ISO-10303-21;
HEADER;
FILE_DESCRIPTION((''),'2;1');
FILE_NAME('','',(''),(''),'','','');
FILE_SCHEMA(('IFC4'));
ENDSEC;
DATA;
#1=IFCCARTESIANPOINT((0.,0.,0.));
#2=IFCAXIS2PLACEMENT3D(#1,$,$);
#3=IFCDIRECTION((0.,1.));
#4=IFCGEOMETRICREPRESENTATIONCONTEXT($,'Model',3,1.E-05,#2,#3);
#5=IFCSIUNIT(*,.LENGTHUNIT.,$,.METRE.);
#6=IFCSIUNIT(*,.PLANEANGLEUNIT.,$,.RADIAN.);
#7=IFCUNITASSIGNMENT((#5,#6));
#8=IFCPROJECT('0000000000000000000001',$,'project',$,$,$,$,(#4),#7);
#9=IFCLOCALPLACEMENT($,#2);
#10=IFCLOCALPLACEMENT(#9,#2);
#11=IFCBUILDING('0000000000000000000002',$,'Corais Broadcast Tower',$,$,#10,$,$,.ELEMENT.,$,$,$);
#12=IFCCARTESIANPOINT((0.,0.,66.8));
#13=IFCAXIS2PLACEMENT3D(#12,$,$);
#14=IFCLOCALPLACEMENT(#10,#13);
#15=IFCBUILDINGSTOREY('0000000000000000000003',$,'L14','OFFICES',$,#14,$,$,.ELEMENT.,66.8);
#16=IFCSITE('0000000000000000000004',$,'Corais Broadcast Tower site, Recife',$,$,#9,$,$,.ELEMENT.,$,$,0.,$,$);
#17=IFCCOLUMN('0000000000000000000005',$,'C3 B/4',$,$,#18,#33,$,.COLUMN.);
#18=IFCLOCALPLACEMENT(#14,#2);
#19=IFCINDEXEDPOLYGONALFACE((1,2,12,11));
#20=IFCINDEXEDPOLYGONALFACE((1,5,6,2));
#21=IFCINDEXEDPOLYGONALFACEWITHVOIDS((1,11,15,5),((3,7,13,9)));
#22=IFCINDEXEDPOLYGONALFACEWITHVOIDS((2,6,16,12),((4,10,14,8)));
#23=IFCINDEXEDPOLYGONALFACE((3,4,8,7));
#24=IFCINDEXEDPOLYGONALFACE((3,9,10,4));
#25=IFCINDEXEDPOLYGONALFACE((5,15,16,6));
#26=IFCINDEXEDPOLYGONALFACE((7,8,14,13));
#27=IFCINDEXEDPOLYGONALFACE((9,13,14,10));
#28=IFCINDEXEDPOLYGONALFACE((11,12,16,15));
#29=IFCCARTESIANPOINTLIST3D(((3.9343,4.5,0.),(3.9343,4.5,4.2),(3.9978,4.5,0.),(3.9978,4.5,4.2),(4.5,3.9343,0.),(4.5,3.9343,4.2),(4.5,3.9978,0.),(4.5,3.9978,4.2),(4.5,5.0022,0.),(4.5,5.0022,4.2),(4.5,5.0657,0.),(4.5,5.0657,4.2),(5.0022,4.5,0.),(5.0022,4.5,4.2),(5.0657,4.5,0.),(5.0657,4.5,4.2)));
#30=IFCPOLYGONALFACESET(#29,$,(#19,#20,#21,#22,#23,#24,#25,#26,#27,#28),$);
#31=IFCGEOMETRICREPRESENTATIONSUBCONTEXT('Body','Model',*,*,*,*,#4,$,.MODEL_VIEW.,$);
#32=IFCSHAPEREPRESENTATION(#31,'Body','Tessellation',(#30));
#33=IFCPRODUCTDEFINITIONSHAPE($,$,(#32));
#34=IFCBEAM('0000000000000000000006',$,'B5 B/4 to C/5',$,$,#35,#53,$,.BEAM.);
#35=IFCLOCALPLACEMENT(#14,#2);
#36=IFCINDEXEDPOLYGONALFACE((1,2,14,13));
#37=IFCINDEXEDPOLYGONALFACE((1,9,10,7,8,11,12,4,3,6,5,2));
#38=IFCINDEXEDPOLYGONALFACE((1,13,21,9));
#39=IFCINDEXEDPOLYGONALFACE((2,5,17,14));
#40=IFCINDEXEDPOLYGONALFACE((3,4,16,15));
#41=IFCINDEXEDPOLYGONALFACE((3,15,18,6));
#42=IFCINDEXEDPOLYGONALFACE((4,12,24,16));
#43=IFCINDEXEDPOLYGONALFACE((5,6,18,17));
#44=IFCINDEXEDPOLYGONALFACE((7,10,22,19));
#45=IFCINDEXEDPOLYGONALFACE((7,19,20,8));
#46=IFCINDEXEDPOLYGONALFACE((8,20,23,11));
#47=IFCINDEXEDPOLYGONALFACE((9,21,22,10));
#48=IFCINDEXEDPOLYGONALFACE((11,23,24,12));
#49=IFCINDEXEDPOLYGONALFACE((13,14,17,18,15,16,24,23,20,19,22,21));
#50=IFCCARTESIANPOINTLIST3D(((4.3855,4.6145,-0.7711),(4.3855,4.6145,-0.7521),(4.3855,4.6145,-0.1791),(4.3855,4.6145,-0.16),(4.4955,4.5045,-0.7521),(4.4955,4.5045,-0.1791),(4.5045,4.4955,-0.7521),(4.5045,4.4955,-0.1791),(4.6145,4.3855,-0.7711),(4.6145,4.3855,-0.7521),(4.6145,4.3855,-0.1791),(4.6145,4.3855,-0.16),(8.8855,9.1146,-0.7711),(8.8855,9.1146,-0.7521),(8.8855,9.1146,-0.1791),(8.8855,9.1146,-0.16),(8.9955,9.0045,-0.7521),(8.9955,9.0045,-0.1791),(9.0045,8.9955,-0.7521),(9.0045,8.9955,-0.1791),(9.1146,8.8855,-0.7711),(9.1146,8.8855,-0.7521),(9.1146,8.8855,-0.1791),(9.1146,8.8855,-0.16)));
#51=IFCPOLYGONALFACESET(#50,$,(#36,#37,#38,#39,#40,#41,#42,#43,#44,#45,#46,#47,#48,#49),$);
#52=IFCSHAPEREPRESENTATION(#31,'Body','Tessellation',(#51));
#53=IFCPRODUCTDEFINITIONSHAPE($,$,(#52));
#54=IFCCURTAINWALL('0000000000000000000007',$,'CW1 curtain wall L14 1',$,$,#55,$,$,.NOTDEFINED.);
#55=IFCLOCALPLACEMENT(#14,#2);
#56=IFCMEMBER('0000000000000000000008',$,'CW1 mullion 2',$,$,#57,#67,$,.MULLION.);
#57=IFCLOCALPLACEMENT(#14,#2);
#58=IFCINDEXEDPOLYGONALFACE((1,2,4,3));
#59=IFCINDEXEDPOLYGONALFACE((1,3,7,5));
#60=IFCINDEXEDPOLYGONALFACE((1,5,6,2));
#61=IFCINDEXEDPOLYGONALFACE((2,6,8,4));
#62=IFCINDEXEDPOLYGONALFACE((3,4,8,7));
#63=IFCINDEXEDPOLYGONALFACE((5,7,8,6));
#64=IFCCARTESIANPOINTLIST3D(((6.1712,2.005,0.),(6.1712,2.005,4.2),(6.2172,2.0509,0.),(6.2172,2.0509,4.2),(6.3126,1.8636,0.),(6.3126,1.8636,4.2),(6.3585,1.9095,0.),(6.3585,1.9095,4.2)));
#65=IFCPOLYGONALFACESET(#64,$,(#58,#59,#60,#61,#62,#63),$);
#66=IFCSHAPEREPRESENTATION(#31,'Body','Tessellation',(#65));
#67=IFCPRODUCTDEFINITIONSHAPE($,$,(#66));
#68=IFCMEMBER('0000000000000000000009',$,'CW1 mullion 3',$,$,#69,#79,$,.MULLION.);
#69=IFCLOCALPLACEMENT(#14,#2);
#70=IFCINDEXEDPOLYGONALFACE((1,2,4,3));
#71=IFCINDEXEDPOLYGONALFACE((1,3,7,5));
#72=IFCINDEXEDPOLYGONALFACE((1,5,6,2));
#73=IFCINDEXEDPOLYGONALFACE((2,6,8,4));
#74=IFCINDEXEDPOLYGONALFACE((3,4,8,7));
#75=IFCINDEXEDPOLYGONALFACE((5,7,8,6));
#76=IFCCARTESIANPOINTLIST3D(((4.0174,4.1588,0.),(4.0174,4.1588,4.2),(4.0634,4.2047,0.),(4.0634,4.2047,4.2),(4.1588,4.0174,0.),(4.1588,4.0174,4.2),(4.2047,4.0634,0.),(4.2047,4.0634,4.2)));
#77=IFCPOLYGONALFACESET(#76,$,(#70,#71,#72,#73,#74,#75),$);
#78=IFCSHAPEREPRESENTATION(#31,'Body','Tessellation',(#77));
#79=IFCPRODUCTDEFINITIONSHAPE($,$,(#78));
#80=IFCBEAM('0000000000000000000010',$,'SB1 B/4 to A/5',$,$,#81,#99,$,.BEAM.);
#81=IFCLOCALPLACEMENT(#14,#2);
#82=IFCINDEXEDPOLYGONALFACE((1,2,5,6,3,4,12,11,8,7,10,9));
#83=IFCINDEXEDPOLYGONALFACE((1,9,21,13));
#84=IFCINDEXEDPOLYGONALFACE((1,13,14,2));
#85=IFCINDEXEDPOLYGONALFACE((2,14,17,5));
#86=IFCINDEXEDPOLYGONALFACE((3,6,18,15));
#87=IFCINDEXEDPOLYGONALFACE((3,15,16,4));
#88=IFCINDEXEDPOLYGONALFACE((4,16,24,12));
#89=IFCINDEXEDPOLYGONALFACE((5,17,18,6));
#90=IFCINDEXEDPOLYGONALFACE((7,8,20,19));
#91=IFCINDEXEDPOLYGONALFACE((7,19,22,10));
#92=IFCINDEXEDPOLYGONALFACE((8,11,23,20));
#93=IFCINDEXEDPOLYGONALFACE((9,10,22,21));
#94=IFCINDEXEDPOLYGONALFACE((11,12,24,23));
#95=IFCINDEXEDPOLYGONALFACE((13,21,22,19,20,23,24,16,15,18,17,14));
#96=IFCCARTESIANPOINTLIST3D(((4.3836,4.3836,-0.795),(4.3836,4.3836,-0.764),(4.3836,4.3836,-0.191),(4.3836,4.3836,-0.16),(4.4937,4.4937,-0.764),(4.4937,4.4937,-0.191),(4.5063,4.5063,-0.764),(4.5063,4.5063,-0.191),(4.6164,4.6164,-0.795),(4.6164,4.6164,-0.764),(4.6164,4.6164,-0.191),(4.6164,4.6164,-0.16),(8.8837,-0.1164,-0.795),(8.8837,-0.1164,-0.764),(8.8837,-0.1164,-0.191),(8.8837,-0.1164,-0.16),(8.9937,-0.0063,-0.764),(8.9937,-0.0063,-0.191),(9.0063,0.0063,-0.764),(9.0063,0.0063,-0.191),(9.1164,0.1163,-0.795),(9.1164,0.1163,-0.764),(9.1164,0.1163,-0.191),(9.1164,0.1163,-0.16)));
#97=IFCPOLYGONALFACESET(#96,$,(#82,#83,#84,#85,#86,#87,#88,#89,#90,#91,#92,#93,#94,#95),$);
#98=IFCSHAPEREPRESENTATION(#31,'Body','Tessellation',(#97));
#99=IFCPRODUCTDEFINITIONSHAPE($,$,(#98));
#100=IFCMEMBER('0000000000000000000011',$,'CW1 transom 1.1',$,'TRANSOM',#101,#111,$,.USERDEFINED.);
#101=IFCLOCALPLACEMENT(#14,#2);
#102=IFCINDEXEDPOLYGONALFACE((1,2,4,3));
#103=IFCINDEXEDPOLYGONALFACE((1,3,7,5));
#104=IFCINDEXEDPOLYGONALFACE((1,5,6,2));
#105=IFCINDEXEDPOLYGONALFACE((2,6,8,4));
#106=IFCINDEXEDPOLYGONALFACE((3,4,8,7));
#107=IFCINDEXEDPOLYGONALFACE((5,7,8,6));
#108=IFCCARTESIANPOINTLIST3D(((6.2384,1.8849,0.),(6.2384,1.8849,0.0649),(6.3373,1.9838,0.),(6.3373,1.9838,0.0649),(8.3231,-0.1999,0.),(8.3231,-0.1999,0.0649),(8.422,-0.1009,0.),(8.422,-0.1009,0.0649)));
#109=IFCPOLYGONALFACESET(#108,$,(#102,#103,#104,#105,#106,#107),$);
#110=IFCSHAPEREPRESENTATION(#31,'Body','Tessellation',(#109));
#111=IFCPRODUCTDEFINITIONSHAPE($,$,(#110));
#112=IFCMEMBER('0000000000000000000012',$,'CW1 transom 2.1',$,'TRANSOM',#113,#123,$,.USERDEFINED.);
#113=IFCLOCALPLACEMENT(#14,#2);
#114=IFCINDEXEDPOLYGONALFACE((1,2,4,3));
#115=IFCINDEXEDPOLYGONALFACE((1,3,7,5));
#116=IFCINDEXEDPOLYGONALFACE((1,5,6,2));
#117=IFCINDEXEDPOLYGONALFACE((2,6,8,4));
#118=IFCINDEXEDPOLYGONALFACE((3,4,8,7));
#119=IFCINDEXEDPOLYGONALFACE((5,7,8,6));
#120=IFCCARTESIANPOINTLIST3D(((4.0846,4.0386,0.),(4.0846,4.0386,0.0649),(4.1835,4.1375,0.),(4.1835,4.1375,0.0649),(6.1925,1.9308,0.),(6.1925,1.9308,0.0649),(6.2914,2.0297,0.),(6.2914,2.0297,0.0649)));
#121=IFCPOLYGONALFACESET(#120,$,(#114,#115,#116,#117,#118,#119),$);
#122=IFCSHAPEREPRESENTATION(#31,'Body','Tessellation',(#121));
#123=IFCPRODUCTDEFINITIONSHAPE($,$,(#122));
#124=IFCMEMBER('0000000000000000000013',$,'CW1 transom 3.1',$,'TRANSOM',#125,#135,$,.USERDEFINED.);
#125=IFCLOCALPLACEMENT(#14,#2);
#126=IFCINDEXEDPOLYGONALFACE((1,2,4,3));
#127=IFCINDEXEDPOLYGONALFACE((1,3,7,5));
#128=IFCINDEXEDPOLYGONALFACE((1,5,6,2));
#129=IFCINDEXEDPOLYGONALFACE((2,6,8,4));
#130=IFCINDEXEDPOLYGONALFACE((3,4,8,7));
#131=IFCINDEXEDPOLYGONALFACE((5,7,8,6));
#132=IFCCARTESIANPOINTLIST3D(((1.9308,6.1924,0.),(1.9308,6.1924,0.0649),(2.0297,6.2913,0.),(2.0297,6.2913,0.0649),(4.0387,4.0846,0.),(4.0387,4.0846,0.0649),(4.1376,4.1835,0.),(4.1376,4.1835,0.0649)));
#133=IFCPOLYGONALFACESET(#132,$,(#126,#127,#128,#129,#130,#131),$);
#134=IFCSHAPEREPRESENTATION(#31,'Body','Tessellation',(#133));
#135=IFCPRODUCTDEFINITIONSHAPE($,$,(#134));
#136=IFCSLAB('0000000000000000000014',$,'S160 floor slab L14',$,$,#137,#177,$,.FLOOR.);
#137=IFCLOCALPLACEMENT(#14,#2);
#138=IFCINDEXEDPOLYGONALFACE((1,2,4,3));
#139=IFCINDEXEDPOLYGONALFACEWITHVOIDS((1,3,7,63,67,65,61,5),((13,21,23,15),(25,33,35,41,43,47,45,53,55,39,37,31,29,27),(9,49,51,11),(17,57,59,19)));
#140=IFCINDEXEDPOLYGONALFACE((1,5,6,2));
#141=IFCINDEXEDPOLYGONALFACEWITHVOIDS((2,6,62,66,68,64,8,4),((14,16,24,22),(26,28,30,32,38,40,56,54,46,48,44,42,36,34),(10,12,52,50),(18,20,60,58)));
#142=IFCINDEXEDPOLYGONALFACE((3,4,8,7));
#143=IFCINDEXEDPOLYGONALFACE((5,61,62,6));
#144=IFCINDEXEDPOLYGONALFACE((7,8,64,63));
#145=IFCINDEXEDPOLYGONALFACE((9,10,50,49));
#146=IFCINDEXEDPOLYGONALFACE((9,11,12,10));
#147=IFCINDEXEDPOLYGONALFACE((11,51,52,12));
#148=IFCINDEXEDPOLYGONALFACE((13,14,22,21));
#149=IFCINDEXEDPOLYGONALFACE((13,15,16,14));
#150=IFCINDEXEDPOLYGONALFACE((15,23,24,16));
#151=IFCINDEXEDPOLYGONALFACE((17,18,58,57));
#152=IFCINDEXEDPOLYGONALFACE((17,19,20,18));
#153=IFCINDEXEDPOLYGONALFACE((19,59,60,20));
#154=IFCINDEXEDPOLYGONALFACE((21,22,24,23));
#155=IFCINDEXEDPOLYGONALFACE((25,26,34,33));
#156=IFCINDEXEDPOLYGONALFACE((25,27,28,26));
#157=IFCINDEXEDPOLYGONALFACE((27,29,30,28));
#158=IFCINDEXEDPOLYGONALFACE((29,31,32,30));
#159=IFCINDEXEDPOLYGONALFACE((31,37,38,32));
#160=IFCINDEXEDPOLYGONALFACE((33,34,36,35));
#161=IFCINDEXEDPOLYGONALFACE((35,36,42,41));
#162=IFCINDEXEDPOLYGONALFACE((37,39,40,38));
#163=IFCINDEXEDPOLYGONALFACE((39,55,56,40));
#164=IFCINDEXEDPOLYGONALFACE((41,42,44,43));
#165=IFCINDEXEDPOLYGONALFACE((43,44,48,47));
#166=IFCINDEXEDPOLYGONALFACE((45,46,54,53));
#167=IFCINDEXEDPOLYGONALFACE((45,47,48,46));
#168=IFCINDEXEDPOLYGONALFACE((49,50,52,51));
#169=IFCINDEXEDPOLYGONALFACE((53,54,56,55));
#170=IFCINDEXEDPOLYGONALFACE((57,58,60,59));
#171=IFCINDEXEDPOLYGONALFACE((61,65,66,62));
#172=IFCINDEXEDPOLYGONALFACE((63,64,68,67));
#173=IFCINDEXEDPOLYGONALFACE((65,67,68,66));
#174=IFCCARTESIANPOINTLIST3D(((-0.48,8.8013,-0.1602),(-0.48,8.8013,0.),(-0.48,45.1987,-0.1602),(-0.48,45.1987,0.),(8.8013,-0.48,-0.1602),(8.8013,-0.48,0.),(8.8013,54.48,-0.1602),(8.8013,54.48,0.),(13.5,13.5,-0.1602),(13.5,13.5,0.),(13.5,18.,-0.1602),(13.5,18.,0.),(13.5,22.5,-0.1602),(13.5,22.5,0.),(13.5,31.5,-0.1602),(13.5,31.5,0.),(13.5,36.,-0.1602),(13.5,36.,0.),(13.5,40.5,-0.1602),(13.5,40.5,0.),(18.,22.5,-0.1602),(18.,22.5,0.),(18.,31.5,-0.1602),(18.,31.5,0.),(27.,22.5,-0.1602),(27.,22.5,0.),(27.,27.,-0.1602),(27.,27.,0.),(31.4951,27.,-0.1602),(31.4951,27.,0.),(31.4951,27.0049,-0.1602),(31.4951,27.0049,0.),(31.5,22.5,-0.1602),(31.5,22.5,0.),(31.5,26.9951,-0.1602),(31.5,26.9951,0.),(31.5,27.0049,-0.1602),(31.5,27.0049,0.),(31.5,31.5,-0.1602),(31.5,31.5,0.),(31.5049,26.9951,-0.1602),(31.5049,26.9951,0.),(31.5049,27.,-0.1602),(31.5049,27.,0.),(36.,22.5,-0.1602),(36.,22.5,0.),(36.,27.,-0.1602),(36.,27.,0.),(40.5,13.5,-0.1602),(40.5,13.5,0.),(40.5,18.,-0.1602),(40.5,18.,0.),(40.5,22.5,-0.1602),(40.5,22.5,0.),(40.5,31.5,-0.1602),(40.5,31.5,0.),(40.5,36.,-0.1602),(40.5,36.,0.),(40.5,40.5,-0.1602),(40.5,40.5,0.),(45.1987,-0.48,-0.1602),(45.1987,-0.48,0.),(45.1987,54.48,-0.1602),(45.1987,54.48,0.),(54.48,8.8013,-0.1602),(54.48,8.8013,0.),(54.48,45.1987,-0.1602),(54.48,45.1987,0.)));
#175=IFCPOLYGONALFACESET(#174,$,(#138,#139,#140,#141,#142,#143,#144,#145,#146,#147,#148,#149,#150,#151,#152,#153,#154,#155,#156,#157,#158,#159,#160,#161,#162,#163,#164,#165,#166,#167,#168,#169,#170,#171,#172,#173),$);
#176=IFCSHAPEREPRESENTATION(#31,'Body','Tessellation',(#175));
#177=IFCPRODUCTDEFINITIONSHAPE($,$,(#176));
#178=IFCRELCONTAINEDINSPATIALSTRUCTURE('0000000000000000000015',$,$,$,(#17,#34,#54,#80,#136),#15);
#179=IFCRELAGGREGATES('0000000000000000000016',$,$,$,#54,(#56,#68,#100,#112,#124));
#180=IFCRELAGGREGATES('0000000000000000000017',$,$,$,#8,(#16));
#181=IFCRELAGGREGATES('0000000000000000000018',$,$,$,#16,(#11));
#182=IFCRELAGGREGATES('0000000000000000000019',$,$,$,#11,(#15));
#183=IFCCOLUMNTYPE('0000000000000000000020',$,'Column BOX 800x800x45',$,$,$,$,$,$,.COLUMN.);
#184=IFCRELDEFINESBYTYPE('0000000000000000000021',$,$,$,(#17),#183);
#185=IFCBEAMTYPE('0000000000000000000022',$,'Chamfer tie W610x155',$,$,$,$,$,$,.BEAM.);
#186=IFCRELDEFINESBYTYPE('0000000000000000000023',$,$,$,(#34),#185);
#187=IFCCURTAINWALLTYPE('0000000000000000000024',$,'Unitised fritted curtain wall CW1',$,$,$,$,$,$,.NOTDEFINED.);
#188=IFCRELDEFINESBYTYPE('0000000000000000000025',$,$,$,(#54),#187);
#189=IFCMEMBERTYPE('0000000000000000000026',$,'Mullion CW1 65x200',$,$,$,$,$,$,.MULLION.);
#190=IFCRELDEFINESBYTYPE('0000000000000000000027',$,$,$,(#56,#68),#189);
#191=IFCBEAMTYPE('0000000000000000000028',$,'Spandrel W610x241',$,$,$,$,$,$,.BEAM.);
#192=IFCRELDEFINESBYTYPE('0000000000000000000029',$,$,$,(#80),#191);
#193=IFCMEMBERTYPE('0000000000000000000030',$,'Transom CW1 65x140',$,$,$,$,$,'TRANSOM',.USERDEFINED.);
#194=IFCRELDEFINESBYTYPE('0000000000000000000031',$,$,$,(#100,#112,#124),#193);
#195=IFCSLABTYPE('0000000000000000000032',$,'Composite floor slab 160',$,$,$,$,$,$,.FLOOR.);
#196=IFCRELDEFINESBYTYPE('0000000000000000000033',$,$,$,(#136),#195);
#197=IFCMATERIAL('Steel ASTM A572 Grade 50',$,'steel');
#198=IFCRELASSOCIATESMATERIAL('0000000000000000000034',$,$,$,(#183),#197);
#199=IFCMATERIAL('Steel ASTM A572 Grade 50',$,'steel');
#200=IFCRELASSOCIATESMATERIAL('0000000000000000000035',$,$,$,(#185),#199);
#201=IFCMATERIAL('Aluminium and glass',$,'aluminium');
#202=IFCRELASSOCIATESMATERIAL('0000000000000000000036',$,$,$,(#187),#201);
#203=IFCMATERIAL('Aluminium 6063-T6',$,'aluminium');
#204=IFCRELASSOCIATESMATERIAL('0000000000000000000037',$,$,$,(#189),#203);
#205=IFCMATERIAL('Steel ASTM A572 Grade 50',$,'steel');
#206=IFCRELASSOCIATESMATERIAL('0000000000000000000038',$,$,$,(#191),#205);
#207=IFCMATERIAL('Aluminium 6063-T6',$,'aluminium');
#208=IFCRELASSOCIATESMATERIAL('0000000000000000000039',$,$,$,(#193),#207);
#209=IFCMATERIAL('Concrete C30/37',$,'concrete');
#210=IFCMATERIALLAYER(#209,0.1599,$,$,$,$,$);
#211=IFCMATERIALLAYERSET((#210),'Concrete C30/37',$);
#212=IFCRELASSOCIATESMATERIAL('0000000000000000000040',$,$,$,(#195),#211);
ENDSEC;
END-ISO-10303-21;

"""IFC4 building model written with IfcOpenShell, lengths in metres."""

from ifc_helpers import new_model, si_unit, direction, frame, origin, origin_2d, place, context, subcontext, project, spatial, polyline, rectangle, hollow_rectangle, i_section, outline, extrude, material, layer, layer_set, material_profile, profile_set, type_object, element, aggregate, save


model = new_model("IFC4")

# Units and contexts
model_context = context("Model", 3, precision=1e-05, world=origin(), true_north=direction((0.0, 1.0)))
body_context = subcontext(model_context, "Body", "Model", "MODEL_VIEW")
ifc_project = project(units=[si_unit("LENGTHUNIT", "METRE"), si_unit("PLANEANGLEUNIT", "RADIAN")], contexts=[model_context])

# Site, building, storey
site_placement = place(None, origin())
site = spatial("IfcSite", under=ifc_project, at=site_placement, Name="Corais Broadcast Tower site, Recife", CompositionType="ELEMENT", RefElevation=0.0)
building_placement = place(site_placement, origin())
building = spatial("IfcBuilding", under=site, at=building_placement, Name="Corais Broadcast Tower", CompositionType="ELEMENT")
storey_placement = place(building_placement, frame((0.0, 0.0, 66.8)))
storey = spatial("IfcBuildingStorey", under=building, at=storey_placement, Name="L14", Description="OFFICES", CompositionType="ELEMENT", Elevation=66.8)

# Column
ifc_material_1 = material(Name="Steel ASTM A572 Grade 50", Category="steel")
ifc_material_profile_1 = material_profile(ifc_material_1, hollow_rectangle(XDim=0.8, YDim=0.8, WallThickness=0.0449, at=origin_2d()), Name="BOX 800x800x45")
ifc_profile_set_1 = profile_set([ifc_material_profile_1], Name="Steel ASTM A572 Grade 50")
column_type = type_object("IfcColumnType", Name="Column BOX 800x800x45", PredefinedType="COLUMN", material=ifc_profile_set_1)
column_placement = place(storey_placement, frame((4.5, 4.5, 0.0), z_axis=(0.0, 0.0, 1.0), x_axis=(0.707107, 0.707107, 0.0)))
element("IfcColumn", 1, at=column_placement, inside=storey, type_object=column_type, Name="C3 B/4", PredefinedType="COLUMN", context=body_context, shape_type="SweptSolid", body=[
    extrude(hollow_rectangle(XDim=0.8, YDim=0.8, WallThickness=0.0449, at=origin_2d()), origin(), (0.0, 0.0, 1.0), 4.2),
])

# Beam
ifc_material_2 = material(Name="Steel ASTM A572 Grade 50", Category="steel")
ifc_material_profile_2 = material_profile(ifc_material_2, i_section(OverallWidth=0.324, OverallDepth=0.6111, WebThickness=0.0127, FlangeThickness=0.019, at=origin_2d()), Name="W610x155")
ifc_profile_set_2 = profile_set([ifc_material_profile_2], Name="Steel ASTM A572 Grade 50")
beam_type_1 = type_object("IfcBeamType", Name="Chamfer tie W610x155", PredefinedType="BEAM", material=ifc_profile_set_2)
beam_1_placement = place(storey_placement, frame((4.5, 4.5, -0.4656), z_axis=(0.707107, 0.707107, 0.0), x_axis=(-0.707107, 0.707107, 0.0)))
element("IfcBeam", 2, at=beam_1_placement, inside=storey, type_object=beam_type_1, Name="B5 B/4 to C/5", PredefinedType="BEAM", context=body_context, shape_type="SweptSolid", body=[
    extrude(i_section(OverallWidth=0.324, OverallDepth=0.6111, WebThickness=0.0127, FlangeThickness=0.019, at=origin_2d()), origin(), (0.0, 0.0, 1.0), 6.364),
])

# Curtain wall, members
ifc_material_3 = material(Name="Aluminium and glass", Category="aluminium")
curtain_wall_type = type_object("IfcCurtainWallType", Name="Unitised fritted curtain wall CW1", PredefinedType="NOTDEFINED", material=ifc_material_3)
curtain_wall_placement = place(storey_placement, origin())
curtain_wall = element("IfcCurtainWall", 3, at=curtain_wall_placement, inside=storey, type_object=curtain_wall_type, Name="CW1 curtain wall L14 1", PredefinedType="NOTDEFINED")
ifc_material_4 = material(Name="Aluminium 6063-T6", Category="aluminium")
ifc_material_profile_3 = material_profile(ifc_material_4, rectangle(XDim=0.0649, YDim=0.2, at=origin_2d()), Name="Mullion CW1 65x200")
ifc_profile_set_3 = profile_set([ifc_material_profile_3], Name="Aluminium 6063-T6")
member_type_1 = type_object("IfcMemberType", Name="Mullion CW1 65x200", PredefinedType="MULLION", material=ifc_profile_set_3)
member_1_placement = place(storey_placement, frame((6.2649, 1.9573, 0.0), z_axis=(0.0, 0.0, 1.0), x_axis=(-0.707107, -0.707107, 0.0)))
member_1 = element("IfcMember", 4, at=member_1_placement, type_object=member_type_1, Name="CW1 mullion 2", PredefinedType="MULLION", context=body_context, shape_type="SweptSolid", body=[
    extrude(rectangle(XDim=0.0649, YDim=0.2, at=origin_2d()), origin(), (0.0, 0.0, 1.0), 4.2),
])
member_2_placement = place(storey_placement, frame((4.1111, 4.1111, 0.0), z_axis=(0.0, 0.0, 1.0), x_axis=(-0.707107, -0.707107, 0.0)))
member_2 = element("IfcMember", 5, at=member_2_placement, type_object=member_type_1, Name="CW1 mullion 3", PredefinedType="MULLION", context=body_context, shape_type="SweptSolid", body=[
    extrude(rectangle(XDim=0.0649, YDim=0.2, at=origin_2d()), origin(), (0.0, 0.0, 1.0), 4.2),
])

# Beam
ifc_material_5 = material(Name="Steel ASTM A572 Grade 50", Category="steel")
ifc_material_profile_4 = material_profile(ifc_material_5, i_section(OverallWidth=0.3291, OverallDepth=0.635, WebThickness=0.0178, FlangeThickness=0.031, at=origin_2d()), Name="W610x241")
ifc_profile_set_4 = profile_set([ifc_material_profile_4], Name="Steel ASTM A572 Grade 50")
beam_type_2 = type_object("IfcBeamType", Name="Spandrel W610x241", PredefinedType="BEAM", material=ifc_profile_set_4)
beam_2_placement = place(storey_placement, frame((4.5, 4.5, -0.4775), z_axis=(0.707107, -0.707107, 0.0), x_axis=(0.707107, 0.707107, 0.0)))
element("IfcBeam", 6, at=beam_2_placement, inside=storey, type_object=beam_type_2, Name="SB1 B/4 to A/5", PredefinedType="BEAM", context=body_context, shape_type="SweptSolid", body=[
    extrude(i_section(OverallWidth=0.3291, OverallDepth=0.635, WebThickness=0.0178, FlangeThickness=0.031, at=origin_2d()), origin(), (0.0, 0.0, 1.0), 6.364),
])

# Members
ifc_material_6 = material(Name="Aluminium 6063-T6", Category="aluminium")
ifc_material_profile_5 = material_profile(ifc_material_6, rectangle(XDim=0.1399, YDim=0.0649, at=origin_2d()), Name="Transom CW1 65x140")
ifc_profile_set_5 = profile_set([ifc_material_profile_5], Name="Aluminium 6063-T6")
member_type_2 = type_object("IfcMemberType", Name="Transom CW1 65x140", ElementType="TRANSOM", PredefinedType="USERDEFINED", material=ifc_profile_set_5)
member_3_placement = place(storey_placement, frame((8.3726, -0.1504, 0.0325), z_axis=(-0.707107, 0.707107, 0.0), x_axis=(-0.707107, -0.707107, 0.0)))
member_3 = element("IfcMember", 7, at=member_3_placement, type_object=member_type_2, Name="CW1 transom 1.1", ObjectType="TRANSOM", PredefinedType="USERDEFINED", context=body_context, shape_type="SweptSolid", body=[
    extrude(rectangle(XDim=0.1399, YDim=0.0649, at=origin_2d()), origin(), (0.0, 0.0, 1.0), 2.9482),
])
member_4_placement = place(storey_placement, frame((6.2419, 1.9802, 0.0325), z_axis=(-0.707107, 0.707107, 0.0), x_axis=(-0.707107, -0.707107, 0.0)))
member_4 = element("IfcMember", 8, at=member_4_placement, type_object=member_type_2, Name="CW1 transom 2.1", ObjectType="TRANSOM", PredefinedType="USERDEFINED", context=body_context, shape_type="SweptSolid", body=[
    extrude(rectangle(XDim=0.1399, YDim=0.0649, at=origin_2d()), origin(), (0.0, 0.0, 1.0), 2.981),
])
member_5_placement = place(storey_placement, frame((4.0881, 4.134, 0.0325), z_axis=(-0.707107, 0.707107, 0.0), x_axis=(-0.707107, -0.707107, 0.0)))
member_5 = element("IfcMember", 9, at=member_5_placement, type_object=member_type_2, Name="CW1 transom 3.1", ObjectType="TRANSOM", PredefinedType="USERDEFINED", context=body_context, shape_type="SweptSolid", body=[
    extrude(rectangle(XDim=0.1399, YDim=0.0649, at=origin_2d()), origin(), (0.0, 0.0, 1.0), 2.981),
])

# Slab
ifc_material_7 = material(Name="Concrete C30/37", Category="concrete")
ifc_layer_1 = layer(ifc_material_7, 0.1599)
ifc_layer_set_1 = layer_set([ifc_layer_1], Name="Concrete C30/37")
slab_type_1 = type_object("IfcSlabType", Name="Composite floor slab 160", PredefinedType="FLOOR", material=ifc_layer_set_1)
slab_1_placement = place(storey_placement, frame((0.0, 0.0, -0.1602)))
element("IfcSlab", 10, at=slab_1_placement, inside=storey, type_object=slab_type_1, Name="S160 floor slab L14", PredefinedType="FLOOR", context=body_context, shape_type="SweptSolid", body=[
    extrude(outline(polyline([(8.8013, -0.48), (-0.48, 8.8013), (-0.48, 45.1987), (8.8013, 54.48), (45.1987, 54.48), (54.48, 45.1987), (54.48, 8.8013), (45.1987, -0.48), (8.8013, -0.48)]), holes=[polyline([(13.5, 18.0), (40.5, 18.0), (40.5, 13.5), (13.5, 13.5), (13.5, 18.0)]), polyline([(13.5, 22.5), (13.5, 31.5), (18.0, 31.5), (18.0, 22.5), (13.5, 22.5)]), polyline([(13.5, 40.5), (40.5, 40.5), (40.5, 36.0), (13.5, 36.0), (13.5, 40.5)]), polyline([(27.0, 22.5), (27.0, 27.0), (31.4951, 27.0), (31.4951, 27.0049), (31.5, 27.0049), (31.5, 31.5), (40.5, 31.5), (40.5, 22.5), (36.0, 22.5), (36.0, 27.0), (31.5049, 27.0), (31.5049, 26.9951), (31.5, 26.9951), (31.5, 22.5), (27.0, 22.5)])]), origin(), (0.0, 0.0, 1.0), 0.1602),
])

aggregate(curtain_wall, [member_1, member_2, member_3, member_4, member_5])

save(model, "model.ifc")
